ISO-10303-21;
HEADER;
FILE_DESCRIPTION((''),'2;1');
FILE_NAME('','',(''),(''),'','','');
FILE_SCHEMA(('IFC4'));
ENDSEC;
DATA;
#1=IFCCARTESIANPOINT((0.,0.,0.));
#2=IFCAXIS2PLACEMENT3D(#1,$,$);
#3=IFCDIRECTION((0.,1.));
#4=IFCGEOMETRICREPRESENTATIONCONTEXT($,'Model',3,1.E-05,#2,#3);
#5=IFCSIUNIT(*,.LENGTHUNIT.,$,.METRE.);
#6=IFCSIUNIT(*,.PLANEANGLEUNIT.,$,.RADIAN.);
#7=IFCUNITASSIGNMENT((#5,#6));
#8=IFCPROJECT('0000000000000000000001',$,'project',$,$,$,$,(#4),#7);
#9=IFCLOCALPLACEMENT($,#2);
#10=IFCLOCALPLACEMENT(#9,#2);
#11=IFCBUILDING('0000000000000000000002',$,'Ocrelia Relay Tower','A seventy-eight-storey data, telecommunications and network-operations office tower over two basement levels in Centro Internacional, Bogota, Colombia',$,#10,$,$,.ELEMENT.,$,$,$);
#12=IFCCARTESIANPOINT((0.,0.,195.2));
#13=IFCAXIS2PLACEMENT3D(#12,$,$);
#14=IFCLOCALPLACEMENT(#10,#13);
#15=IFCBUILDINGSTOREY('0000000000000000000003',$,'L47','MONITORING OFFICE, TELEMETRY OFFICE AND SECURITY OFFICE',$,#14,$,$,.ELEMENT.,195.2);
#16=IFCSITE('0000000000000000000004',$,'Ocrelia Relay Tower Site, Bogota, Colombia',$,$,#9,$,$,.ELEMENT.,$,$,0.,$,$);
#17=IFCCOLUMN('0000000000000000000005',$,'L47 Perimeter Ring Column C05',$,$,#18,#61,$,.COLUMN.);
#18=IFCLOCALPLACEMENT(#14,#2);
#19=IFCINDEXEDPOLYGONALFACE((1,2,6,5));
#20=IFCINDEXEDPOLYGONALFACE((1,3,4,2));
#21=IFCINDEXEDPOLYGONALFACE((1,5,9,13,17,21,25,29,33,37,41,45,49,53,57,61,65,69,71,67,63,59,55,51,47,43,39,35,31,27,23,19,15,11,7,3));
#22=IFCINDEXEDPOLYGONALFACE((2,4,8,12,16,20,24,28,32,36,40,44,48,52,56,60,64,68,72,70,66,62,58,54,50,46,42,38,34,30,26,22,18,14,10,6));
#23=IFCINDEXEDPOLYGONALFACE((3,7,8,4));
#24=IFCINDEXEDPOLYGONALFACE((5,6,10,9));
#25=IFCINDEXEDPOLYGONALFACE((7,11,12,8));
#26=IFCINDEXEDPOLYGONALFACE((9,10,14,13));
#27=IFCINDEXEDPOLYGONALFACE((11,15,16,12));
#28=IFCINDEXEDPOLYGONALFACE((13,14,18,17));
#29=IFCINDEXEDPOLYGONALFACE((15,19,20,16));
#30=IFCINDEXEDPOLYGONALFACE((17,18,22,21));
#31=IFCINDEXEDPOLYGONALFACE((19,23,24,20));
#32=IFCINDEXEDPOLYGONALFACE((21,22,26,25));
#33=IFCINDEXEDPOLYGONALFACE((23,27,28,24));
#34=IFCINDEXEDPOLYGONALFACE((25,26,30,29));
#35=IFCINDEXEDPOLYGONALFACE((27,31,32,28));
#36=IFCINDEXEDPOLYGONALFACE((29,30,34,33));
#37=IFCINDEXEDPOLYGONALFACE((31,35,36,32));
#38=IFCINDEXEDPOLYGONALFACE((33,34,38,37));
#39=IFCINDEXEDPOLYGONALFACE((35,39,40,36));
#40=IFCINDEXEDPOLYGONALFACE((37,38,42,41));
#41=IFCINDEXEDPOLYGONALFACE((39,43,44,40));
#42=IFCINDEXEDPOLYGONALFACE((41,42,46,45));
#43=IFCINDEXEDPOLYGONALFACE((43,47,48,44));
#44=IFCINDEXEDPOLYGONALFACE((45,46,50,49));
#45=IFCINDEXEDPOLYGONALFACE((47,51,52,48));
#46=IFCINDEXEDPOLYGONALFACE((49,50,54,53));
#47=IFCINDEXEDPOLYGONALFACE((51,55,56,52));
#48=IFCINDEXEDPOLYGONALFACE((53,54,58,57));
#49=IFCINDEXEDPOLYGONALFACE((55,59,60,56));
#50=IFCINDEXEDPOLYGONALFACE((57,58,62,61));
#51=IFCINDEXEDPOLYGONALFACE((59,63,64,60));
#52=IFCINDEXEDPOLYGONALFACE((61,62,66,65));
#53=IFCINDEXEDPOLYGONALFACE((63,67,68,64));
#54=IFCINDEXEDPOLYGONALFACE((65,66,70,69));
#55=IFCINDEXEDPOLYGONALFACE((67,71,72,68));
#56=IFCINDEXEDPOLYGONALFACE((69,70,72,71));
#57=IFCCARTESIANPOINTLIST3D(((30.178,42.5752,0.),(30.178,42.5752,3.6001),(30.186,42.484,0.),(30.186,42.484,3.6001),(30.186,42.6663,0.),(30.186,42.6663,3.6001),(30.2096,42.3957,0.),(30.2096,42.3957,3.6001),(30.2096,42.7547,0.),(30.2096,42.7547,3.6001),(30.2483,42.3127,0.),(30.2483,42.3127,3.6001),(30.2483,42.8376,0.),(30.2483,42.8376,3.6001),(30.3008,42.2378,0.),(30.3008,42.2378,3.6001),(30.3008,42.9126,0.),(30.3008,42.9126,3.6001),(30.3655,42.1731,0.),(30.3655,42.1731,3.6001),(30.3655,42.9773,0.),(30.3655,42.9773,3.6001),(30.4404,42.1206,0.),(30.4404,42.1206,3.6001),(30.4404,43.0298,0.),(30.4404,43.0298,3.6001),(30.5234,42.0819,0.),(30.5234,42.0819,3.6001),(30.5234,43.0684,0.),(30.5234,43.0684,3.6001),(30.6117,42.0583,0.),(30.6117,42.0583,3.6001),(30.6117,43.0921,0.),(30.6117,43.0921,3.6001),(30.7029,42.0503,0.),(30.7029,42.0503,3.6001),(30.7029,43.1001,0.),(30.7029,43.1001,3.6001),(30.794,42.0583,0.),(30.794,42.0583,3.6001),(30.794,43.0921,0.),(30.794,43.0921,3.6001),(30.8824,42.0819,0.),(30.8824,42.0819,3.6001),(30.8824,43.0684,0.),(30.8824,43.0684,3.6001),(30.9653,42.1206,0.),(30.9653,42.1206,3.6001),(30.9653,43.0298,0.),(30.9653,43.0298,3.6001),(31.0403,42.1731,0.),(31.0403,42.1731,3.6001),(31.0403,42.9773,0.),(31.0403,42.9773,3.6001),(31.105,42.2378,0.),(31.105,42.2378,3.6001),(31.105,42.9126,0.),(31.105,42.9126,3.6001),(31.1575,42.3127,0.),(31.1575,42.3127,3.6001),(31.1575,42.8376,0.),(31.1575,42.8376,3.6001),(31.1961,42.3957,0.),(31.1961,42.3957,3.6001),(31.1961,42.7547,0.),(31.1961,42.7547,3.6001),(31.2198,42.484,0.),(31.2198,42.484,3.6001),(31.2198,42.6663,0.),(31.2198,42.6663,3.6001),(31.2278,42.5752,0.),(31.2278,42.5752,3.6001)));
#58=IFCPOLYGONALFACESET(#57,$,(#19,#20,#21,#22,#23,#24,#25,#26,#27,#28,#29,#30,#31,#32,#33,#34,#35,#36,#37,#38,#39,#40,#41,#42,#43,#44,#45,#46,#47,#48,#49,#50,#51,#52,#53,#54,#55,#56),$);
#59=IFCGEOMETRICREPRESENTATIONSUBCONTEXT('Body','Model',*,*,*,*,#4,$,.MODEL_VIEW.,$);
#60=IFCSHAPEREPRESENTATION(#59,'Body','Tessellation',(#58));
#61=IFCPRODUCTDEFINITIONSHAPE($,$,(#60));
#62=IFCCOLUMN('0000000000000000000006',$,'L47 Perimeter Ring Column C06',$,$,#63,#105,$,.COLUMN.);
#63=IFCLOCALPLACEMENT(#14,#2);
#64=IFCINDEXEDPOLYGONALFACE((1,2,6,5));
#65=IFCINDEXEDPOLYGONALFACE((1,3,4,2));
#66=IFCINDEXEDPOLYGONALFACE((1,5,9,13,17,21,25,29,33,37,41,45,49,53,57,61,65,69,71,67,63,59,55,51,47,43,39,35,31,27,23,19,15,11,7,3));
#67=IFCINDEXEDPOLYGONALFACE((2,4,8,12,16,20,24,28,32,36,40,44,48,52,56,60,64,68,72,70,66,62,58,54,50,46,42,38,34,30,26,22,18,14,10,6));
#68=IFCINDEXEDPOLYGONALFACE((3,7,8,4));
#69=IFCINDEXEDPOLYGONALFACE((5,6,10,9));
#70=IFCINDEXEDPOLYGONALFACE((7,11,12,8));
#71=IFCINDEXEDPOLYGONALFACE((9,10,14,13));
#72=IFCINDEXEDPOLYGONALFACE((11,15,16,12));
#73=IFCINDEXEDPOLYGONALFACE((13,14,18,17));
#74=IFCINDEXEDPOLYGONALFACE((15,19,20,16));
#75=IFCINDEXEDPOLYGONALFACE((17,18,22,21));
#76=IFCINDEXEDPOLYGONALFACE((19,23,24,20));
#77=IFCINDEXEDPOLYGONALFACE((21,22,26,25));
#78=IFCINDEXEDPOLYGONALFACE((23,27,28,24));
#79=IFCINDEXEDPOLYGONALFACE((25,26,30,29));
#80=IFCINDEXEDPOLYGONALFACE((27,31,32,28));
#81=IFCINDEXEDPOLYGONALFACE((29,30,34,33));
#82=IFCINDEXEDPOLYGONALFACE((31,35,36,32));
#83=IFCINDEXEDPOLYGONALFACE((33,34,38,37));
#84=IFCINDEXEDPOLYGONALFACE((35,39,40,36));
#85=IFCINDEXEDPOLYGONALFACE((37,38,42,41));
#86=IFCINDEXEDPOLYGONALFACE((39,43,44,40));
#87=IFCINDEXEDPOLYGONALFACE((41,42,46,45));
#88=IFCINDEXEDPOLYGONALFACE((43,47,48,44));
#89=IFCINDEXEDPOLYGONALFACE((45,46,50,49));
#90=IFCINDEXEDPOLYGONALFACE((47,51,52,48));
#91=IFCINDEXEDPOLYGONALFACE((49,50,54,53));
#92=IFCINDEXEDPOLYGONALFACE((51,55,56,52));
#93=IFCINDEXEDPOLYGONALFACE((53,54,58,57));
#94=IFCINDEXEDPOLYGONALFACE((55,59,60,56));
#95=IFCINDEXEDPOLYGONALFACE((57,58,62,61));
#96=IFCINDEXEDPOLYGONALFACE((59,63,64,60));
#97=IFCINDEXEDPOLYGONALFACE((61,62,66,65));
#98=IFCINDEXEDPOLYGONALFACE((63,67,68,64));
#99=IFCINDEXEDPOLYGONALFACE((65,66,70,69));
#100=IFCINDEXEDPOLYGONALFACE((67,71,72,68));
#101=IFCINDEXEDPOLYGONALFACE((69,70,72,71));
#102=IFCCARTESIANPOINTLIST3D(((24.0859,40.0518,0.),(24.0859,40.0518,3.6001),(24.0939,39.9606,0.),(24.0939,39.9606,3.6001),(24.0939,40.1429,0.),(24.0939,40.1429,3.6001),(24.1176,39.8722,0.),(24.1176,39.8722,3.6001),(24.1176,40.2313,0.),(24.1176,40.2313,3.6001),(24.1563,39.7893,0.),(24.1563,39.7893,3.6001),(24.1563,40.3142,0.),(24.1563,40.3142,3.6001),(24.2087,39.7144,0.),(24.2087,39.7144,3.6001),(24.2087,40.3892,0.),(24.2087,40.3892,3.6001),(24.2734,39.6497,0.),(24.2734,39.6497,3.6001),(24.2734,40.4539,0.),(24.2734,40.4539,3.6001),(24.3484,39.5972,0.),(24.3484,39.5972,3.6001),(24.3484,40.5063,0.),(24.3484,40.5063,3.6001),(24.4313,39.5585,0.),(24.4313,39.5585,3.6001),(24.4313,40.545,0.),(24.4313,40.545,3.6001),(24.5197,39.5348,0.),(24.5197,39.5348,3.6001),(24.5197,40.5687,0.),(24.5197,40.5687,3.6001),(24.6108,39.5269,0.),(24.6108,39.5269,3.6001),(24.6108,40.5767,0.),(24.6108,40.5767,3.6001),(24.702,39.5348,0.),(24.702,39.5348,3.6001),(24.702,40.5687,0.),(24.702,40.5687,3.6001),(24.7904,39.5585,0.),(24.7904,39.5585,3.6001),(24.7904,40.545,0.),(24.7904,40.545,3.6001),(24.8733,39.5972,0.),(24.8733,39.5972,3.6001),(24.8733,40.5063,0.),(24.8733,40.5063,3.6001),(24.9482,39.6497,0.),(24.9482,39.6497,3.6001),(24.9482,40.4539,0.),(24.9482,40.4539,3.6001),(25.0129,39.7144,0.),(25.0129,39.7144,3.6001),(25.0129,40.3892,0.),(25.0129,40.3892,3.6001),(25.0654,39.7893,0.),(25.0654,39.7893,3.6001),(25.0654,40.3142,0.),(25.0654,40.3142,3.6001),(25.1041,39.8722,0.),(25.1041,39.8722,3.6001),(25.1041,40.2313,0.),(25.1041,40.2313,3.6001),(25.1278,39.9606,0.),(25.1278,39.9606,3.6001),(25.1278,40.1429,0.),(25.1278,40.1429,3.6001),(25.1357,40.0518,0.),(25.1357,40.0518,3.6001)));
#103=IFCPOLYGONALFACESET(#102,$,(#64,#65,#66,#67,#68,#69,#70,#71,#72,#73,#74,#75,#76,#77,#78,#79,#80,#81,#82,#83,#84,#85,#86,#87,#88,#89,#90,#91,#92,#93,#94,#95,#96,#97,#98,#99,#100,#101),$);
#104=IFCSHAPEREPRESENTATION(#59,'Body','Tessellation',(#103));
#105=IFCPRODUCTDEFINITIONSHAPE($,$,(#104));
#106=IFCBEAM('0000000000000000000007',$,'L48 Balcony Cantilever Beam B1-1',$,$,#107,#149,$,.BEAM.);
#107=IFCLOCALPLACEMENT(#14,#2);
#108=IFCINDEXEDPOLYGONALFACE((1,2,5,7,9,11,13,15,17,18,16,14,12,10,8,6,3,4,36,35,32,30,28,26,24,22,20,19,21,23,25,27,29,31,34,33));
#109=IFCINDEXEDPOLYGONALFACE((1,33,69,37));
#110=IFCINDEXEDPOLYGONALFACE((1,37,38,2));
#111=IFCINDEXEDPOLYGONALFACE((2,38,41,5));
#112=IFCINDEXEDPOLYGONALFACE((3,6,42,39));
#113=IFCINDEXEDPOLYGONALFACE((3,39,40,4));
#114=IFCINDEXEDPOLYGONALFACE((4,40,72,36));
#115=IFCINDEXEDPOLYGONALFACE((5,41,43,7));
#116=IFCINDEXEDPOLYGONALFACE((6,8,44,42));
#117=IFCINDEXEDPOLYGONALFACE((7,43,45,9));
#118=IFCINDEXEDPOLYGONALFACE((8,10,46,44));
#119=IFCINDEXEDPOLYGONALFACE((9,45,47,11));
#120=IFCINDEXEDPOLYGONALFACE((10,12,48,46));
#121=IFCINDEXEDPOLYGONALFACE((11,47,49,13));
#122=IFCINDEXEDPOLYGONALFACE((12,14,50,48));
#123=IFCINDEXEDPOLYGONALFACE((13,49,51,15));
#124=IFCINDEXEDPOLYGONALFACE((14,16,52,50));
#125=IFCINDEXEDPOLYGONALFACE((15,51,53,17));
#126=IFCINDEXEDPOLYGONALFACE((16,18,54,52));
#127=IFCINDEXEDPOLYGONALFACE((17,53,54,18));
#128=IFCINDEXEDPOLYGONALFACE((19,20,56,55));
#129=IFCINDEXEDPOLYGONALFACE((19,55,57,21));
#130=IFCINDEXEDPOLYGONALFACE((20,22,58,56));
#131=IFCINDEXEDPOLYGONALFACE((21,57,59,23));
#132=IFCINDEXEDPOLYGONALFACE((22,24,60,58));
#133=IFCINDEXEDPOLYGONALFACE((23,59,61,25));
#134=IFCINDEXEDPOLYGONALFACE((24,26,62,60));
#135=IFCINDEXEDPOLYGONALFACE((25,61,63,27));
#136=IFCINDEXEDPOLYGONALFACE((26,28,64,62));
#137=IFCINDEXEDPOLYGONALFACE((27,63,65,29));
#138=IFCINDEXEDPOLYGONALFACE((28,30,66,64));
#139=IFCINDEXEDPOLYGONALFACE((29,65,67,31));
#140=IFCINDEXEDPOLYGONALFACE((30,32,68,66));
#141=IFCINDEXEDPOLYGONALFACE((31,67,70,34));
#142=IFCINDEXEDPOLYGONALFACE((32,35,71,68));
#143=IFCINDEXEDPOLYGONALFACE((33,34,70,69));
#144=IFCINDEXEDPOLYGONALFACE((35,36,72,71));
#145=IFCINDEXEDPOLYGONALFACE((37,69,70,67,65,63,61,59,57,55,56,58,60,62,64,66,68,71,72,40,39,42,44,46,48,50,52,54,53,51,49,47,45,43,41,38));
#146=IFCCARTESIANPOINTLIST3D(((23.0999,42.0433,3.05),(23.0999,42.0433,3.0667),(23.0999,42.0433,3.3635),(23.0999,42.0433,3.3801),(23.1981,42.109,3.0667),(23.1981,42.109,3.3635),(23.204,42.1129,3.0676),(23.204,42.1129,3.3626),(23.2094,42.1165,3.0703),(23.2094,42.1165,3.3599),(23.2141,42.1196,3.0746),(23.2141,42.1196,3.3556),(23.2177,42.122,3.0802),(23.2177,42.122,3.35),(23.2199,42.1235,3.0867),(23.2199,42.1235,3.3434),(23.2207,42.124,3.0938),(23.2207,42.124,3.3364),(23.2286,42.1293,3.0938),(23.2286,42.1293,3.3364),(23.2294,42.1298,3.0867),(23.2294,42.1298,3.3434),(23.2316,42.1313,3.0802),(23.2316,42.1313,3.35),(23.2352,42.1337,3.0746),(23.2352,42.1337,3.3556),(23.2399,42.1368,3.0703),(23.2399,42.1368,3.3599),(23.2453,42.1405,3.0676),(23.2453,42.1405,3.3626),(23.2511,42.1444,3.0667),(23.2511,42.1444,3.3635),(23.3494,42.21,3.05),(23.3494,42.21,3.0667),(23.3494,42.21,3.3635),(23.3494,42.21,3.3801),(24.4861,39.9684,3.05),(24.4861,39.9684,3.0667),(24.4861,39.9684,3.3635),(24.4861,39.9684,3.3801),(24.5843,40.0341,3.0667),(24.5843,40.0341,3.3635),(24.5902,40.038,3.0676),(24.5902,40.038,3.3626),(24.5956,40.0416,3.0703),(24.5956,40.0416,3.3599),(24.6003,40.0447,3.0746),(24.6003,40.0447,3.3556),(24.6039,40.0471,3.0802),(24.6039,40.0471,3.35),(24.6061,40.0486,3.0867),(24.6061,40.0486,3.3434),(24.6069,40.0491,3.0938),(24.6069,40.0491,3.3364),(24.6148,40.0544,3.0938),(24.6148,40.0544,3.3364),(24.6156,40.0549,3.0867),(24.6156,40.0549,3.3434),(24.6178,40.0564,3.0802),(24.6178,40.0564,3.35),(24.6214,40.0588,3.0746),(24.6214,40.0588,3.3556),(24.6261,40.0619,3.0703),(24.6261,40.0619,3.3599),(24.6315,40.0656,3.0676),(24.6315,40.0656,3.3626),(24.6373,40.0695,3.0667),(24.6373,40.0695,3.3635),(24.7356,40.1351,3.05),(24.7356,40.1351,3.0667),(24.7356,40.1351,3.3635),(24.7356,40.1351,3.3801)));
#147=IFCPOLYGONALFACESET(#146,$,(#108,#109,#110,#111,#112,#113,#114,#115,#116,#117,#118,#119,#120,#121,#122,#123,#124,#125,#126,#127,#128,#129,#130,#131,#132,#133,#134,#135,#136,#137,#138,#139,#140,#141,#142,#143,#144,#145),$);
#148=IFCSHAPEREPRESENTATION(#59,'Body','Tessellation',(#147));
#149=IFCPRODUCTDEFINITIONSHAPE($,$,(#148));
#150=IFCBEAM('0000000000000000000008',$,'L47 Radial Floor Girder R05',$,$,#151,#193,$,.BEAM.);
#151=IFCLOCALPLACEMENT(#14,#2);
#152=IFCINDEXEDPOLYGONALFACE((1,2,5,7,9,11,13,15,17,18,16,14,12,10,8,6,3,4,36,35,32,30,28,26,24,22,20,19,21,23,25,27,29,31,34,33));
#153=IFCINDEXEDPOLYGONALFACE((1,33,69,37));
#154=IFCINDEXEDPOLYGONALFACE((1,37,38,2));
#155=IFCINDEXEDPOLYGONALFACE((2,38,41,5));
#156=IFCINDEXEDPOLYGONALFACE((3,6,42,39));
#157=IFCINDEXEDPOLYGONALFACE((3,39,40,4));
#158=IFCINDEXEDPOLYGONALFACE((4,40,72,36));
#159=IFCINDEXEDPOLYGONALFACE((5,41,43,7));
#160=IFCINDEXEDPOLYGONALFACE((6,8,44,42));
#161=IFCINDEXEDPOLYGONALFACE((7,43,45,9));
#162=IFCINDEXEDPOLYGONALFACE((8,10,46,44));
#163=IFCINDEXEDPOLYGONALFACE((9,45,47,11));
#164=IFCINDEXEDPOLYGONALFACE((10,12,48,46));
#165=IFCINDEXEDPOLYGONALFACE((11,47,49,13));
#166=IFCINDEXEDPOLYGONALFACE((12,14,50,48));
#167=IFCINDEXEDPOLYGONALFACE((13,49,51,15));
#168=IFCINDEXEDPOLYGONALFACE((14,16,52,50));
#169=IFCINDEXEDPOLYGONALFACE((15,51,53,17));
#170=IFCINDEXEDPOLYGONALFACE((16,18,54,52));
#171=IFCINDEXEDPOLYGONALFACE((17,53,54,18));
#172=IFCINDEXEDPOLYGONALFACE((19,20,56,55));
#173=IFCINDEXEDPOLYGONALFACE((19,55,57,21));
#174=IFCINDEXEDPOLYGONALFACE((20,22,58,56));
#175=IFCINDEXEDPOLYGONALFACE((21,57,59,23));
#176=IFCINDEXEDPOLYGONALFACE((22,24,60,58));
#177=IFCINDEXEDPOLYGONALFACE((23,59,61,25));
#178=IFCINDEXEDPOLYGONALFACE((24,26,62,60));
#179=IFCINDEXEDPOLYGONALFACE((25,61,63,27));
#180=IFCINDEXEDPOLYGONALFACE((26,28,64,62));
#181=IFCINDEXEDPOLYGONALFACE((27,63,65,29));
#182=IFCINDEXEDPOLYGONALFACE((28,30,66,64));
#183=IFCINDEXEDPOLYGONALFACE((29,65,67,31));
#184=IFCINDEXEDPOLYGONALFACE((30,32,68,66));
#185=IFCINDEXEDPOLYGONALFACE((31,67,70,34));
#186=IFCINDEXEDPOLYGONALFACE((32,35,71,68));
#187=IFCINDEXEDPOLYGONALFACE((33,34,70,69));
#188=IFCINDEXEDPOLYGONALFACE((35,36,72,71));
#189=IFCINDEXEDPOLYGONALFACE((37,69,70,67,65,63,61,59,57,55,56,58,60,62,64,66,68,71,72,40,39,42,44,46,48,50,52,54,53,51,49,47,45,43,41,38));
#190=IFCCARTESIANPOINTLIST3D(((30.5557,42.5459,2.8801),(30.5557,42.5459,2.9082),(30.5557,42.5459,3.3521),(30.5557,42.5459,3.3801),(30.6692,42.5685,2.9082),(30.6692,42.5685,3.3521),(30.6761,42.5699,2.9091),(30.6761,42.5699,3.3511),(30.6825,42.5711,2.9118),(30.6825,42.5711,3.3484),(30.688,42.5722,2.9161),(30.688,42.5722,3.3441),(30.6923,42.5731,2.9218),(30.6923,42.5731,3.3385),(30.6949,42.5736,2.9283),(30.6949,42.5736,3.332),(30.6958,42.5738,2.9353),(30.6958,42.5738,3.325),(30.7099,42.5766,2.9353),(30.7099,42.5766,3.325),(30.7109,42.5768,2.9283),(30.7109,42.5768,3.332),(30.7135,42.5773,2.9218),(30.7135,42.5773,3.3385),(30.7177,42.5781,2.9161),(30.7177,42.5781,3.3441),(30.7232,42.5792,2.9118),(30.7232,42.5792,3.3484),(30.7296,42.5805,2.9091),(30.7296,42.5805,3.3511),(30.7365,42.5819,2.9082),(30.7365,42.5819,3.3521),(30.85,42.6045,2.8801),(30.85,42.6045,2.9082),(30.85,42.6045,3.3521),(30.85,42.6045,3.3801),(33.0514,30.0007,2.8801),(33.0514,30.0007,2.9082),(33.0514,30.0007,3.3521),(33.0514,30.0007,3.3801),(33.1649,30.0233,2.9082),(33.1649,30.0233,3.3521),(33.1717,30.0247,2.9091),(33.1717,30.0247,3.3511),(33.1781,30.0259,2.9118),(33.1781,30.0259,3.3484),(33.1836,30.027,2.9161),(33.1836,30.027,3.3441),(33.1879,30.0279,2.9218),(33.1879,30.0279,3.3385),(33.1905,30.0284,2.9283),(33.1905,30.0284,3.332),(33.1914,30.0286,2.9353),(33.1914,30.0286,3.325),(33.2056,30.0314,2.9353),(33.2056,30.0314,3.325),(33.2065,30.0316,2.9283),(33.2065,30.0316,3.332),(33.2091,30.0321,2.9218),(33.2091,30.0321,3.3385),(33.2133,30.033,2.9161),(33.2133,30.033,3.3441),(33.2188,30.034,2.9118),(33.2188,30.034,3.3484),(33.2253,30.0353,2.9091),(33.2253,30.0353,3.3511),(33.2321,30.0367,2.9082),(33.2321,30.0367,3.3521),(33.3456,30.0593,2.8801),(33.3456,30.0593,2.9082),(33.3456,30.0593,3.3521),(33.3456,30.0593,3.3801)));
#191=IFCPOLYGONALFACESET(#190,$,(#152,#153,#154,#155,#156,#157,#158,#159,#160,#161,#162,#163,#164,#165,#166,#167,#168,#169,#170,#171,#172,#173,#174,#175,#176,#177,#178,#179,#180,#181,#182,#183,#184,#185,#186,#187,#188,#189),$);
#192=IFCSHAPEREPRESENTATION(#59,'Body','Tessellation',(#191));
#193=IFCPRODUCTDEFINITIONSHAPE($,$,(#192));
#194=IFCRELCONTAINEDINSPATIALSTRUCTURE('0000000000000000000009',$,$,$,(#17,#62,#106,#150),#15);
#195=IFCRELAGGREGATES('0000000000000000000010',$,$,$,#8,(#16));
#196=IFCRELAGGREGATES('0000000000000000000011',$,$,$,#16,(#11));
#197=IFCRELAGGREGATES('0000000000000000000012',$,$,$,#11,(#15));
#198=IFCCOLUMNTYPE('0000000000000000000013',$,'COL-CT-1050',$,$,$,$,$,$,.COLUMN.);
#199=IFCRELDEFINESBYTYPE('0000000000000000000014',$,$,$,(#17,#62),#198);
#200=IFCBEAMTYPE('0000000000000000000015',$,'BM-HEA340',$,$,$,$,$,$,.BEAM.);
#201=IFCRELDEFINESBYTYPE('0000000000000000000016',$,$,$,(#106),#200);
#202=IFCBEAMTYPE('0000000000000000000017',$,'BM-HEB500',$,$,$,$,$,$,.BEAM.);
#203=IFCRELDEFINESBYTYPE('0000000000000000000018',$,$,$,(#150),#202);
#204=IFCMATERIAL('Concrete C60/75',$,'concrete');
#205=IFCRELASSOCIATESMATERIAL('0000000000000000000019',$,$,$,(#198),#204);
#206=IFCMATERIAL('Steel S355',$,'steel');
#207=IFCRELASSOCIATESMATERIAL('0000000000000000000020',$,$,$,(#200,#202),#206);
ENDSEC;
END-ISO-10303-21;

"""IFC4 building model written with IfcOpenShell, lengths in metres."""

from ifc_helpers import new_model, si_unit, direction, frame, origin, origin_2d, place, context, subcontext, project, spatial, circle, i_section, extrude, material, material_profile, profile_set, type_object, element, save


model = new_model("IFC4")

# Units and contexts
model_context = context("Model", 3, precision=1e-05, world=origin(), true_north=direction((0.0, 1.0)))
body_context = subcontext(model_context, "Body", "Model", "MODEL_VIEW")
ifc_project = project(units=[si_unit("LENGTHUNIT", "METRE"), si_unit("PLANEANGLEUNIT", "RADIAN")], contexts=[model_context])

# Site, building, storey
site_placement = place(None, origin())
site = spatial("IfcSite", under=ifc_project, at=site_placement, Name="Ocrelia Relay Tower Site, Bogota, Colombia", CompositionType="ELEMENT", RefElevation=0.0)
building_placement = place(site_placement, origin())
building = spatial("IfcBuilding", under=site, at=building_placement, Name="Ocrelia Relay Tower", Description="A seventy-eight-storey data, telecommunications and network-operations office tower over two basement levels in Centro Internacional, Bogota, Colombia", CompositionType="ELEMENT")
storey_placement = place(building_placement, frame((0.0, 0.0, 195.2)))
storey = spatial("IfcBuildingStorey", under=building, at=storey_placement, Name="L47", Description="MONITORING OFFICE, TELEMETRY OFFICE AND SECURITY OFFICE", CompositionType="ELEMENT", Elevation=195.2)

# Columns
ifc_material_1 = material(Name="Concrete C60/75", Category="concrete")
ifc_material_profile_1 = material_profile(ifc_material_1, circle(Radius=0.5249, at=origin_2d()), Name="RC-CIR-1050")
ifc_profile_set_1 = profile_set([ifc_material_profile_1], Name="Concrete C60/75")
column_type = type_object("IfcColumnType", Name="COL-CT-1050", PredefinedType="COLUMN", material=ifc_profile_set_1)
for number, where, z_axis, x_axis, name in (
    (1, (30.7029, 42.5752, 0.0), (0.0, 0.0, 1.0), (1.0, 0.0, 0.0), "L47 Perimeter Ring Column C05"),
    (2, (24.6108, 40.0518, 0.0), (0.0, 0.0, 1.0), (1.0, 0.0, 0.0), "L47 Perimeter Ring Column C06"),
):
    element("IfcColumn", number, at=place(storey_placement, frame(where, z_axis=z_axis, x_axis=x_axis)), inside=storey, type_object=column_type, Name=name, PredefinedType="COLUMN", context=body_context, shape_type="SweptSolid", body=[
        extrude(circle(Radius=0.5249, at=origin_2d()), origin(), (0.0, 0.0, 1.0), 3.6001),
    ])

# Beams
ifc_material_2 = material(Name="Steel S355", Category="steel")
ifc_material_profile_2 = material_profile(ifc_material_2, i_section(OverallWidth=0.3, OverallDepth=0.3301, WebThickness=0.0095, FlangeThickness=0.0166, FilletRadius=0.0271, at=origin_2d()), Name="HEA 340")
ifc_profile_set_2 = profile_set([ifc_material_profile_2], Name="Steel S355")
beam_type_1 = type_object("IfcBeamType", Name="BM-HEA340", PredefinedType="BEAM", material=ifc_profile_set_2)
beam_1_placement = place(storey_placement, frame((24.6108, 40.0518, 3.2151), z_axis=(-0.555513, 0.831508, 0.0), x_axis=(-0.831508, -0.555513, 0.0)))
element("IfcBeam", 3, at=beam_1_placement, inside=storey, type_object=beam_type_1, Name="L48 Balcony Cantilever Beam B1-1", PredefinedType="BEAM", context=body_context, shape_type="SweptSolid", body=[
    extrude(i_section(OverallWidth=0.3, OverallDepth=0.3301, WebThickness=0.0095, FlangeThickness=0.0166, FilletRadius=0.0271, at=origin_2d()), origin(), (0.0, 0.0, 1.0), 2.4954),
])
ifc_material_profile_3 = material_profile(ifc_material_2, i_section(OverallWidth=0.3, OverallDepth=0.5, WebThickness=0.0144, FlangeThickness=0.0281, FilletRadius=0.0271, at=origin_2d()), Name="HEB 500")
ifc_profile_set_3 = profile_set([ifc_material_profile_3], Name="Steel S355")
beam_type_2 = type_object("IfcBeamType", Name="BM-HEB500", PredefinedType="BEAM", material=ifc_profile_set_3)
beam_2_placement = place(storey_placement, frame((30.7029, 42.5752, 3.1301), z_axis=(0.195107, -0.980782, 0.0), x_axis=(0.980782, 0.195107, 0.0)))
element("IfcBeam", 4, at=beam_2_placement, inside=storey, type_object=beam_type_2, Name="L47 Radial Floor Girder R05", PredefinedType="BEAM", context=body_context, shape_type="SweptSolid", body=[
    extrude(i_section(OverallWidth=0.3, OverallDepth=0.5, WebThickness=0.0144, FlangeThickness=0.0281, FilletRadius=0.0271, at=origin_2d()), origin(), (0.0, 0.0, 1.0), 12.791),
])

save(model, "model.ifc")
